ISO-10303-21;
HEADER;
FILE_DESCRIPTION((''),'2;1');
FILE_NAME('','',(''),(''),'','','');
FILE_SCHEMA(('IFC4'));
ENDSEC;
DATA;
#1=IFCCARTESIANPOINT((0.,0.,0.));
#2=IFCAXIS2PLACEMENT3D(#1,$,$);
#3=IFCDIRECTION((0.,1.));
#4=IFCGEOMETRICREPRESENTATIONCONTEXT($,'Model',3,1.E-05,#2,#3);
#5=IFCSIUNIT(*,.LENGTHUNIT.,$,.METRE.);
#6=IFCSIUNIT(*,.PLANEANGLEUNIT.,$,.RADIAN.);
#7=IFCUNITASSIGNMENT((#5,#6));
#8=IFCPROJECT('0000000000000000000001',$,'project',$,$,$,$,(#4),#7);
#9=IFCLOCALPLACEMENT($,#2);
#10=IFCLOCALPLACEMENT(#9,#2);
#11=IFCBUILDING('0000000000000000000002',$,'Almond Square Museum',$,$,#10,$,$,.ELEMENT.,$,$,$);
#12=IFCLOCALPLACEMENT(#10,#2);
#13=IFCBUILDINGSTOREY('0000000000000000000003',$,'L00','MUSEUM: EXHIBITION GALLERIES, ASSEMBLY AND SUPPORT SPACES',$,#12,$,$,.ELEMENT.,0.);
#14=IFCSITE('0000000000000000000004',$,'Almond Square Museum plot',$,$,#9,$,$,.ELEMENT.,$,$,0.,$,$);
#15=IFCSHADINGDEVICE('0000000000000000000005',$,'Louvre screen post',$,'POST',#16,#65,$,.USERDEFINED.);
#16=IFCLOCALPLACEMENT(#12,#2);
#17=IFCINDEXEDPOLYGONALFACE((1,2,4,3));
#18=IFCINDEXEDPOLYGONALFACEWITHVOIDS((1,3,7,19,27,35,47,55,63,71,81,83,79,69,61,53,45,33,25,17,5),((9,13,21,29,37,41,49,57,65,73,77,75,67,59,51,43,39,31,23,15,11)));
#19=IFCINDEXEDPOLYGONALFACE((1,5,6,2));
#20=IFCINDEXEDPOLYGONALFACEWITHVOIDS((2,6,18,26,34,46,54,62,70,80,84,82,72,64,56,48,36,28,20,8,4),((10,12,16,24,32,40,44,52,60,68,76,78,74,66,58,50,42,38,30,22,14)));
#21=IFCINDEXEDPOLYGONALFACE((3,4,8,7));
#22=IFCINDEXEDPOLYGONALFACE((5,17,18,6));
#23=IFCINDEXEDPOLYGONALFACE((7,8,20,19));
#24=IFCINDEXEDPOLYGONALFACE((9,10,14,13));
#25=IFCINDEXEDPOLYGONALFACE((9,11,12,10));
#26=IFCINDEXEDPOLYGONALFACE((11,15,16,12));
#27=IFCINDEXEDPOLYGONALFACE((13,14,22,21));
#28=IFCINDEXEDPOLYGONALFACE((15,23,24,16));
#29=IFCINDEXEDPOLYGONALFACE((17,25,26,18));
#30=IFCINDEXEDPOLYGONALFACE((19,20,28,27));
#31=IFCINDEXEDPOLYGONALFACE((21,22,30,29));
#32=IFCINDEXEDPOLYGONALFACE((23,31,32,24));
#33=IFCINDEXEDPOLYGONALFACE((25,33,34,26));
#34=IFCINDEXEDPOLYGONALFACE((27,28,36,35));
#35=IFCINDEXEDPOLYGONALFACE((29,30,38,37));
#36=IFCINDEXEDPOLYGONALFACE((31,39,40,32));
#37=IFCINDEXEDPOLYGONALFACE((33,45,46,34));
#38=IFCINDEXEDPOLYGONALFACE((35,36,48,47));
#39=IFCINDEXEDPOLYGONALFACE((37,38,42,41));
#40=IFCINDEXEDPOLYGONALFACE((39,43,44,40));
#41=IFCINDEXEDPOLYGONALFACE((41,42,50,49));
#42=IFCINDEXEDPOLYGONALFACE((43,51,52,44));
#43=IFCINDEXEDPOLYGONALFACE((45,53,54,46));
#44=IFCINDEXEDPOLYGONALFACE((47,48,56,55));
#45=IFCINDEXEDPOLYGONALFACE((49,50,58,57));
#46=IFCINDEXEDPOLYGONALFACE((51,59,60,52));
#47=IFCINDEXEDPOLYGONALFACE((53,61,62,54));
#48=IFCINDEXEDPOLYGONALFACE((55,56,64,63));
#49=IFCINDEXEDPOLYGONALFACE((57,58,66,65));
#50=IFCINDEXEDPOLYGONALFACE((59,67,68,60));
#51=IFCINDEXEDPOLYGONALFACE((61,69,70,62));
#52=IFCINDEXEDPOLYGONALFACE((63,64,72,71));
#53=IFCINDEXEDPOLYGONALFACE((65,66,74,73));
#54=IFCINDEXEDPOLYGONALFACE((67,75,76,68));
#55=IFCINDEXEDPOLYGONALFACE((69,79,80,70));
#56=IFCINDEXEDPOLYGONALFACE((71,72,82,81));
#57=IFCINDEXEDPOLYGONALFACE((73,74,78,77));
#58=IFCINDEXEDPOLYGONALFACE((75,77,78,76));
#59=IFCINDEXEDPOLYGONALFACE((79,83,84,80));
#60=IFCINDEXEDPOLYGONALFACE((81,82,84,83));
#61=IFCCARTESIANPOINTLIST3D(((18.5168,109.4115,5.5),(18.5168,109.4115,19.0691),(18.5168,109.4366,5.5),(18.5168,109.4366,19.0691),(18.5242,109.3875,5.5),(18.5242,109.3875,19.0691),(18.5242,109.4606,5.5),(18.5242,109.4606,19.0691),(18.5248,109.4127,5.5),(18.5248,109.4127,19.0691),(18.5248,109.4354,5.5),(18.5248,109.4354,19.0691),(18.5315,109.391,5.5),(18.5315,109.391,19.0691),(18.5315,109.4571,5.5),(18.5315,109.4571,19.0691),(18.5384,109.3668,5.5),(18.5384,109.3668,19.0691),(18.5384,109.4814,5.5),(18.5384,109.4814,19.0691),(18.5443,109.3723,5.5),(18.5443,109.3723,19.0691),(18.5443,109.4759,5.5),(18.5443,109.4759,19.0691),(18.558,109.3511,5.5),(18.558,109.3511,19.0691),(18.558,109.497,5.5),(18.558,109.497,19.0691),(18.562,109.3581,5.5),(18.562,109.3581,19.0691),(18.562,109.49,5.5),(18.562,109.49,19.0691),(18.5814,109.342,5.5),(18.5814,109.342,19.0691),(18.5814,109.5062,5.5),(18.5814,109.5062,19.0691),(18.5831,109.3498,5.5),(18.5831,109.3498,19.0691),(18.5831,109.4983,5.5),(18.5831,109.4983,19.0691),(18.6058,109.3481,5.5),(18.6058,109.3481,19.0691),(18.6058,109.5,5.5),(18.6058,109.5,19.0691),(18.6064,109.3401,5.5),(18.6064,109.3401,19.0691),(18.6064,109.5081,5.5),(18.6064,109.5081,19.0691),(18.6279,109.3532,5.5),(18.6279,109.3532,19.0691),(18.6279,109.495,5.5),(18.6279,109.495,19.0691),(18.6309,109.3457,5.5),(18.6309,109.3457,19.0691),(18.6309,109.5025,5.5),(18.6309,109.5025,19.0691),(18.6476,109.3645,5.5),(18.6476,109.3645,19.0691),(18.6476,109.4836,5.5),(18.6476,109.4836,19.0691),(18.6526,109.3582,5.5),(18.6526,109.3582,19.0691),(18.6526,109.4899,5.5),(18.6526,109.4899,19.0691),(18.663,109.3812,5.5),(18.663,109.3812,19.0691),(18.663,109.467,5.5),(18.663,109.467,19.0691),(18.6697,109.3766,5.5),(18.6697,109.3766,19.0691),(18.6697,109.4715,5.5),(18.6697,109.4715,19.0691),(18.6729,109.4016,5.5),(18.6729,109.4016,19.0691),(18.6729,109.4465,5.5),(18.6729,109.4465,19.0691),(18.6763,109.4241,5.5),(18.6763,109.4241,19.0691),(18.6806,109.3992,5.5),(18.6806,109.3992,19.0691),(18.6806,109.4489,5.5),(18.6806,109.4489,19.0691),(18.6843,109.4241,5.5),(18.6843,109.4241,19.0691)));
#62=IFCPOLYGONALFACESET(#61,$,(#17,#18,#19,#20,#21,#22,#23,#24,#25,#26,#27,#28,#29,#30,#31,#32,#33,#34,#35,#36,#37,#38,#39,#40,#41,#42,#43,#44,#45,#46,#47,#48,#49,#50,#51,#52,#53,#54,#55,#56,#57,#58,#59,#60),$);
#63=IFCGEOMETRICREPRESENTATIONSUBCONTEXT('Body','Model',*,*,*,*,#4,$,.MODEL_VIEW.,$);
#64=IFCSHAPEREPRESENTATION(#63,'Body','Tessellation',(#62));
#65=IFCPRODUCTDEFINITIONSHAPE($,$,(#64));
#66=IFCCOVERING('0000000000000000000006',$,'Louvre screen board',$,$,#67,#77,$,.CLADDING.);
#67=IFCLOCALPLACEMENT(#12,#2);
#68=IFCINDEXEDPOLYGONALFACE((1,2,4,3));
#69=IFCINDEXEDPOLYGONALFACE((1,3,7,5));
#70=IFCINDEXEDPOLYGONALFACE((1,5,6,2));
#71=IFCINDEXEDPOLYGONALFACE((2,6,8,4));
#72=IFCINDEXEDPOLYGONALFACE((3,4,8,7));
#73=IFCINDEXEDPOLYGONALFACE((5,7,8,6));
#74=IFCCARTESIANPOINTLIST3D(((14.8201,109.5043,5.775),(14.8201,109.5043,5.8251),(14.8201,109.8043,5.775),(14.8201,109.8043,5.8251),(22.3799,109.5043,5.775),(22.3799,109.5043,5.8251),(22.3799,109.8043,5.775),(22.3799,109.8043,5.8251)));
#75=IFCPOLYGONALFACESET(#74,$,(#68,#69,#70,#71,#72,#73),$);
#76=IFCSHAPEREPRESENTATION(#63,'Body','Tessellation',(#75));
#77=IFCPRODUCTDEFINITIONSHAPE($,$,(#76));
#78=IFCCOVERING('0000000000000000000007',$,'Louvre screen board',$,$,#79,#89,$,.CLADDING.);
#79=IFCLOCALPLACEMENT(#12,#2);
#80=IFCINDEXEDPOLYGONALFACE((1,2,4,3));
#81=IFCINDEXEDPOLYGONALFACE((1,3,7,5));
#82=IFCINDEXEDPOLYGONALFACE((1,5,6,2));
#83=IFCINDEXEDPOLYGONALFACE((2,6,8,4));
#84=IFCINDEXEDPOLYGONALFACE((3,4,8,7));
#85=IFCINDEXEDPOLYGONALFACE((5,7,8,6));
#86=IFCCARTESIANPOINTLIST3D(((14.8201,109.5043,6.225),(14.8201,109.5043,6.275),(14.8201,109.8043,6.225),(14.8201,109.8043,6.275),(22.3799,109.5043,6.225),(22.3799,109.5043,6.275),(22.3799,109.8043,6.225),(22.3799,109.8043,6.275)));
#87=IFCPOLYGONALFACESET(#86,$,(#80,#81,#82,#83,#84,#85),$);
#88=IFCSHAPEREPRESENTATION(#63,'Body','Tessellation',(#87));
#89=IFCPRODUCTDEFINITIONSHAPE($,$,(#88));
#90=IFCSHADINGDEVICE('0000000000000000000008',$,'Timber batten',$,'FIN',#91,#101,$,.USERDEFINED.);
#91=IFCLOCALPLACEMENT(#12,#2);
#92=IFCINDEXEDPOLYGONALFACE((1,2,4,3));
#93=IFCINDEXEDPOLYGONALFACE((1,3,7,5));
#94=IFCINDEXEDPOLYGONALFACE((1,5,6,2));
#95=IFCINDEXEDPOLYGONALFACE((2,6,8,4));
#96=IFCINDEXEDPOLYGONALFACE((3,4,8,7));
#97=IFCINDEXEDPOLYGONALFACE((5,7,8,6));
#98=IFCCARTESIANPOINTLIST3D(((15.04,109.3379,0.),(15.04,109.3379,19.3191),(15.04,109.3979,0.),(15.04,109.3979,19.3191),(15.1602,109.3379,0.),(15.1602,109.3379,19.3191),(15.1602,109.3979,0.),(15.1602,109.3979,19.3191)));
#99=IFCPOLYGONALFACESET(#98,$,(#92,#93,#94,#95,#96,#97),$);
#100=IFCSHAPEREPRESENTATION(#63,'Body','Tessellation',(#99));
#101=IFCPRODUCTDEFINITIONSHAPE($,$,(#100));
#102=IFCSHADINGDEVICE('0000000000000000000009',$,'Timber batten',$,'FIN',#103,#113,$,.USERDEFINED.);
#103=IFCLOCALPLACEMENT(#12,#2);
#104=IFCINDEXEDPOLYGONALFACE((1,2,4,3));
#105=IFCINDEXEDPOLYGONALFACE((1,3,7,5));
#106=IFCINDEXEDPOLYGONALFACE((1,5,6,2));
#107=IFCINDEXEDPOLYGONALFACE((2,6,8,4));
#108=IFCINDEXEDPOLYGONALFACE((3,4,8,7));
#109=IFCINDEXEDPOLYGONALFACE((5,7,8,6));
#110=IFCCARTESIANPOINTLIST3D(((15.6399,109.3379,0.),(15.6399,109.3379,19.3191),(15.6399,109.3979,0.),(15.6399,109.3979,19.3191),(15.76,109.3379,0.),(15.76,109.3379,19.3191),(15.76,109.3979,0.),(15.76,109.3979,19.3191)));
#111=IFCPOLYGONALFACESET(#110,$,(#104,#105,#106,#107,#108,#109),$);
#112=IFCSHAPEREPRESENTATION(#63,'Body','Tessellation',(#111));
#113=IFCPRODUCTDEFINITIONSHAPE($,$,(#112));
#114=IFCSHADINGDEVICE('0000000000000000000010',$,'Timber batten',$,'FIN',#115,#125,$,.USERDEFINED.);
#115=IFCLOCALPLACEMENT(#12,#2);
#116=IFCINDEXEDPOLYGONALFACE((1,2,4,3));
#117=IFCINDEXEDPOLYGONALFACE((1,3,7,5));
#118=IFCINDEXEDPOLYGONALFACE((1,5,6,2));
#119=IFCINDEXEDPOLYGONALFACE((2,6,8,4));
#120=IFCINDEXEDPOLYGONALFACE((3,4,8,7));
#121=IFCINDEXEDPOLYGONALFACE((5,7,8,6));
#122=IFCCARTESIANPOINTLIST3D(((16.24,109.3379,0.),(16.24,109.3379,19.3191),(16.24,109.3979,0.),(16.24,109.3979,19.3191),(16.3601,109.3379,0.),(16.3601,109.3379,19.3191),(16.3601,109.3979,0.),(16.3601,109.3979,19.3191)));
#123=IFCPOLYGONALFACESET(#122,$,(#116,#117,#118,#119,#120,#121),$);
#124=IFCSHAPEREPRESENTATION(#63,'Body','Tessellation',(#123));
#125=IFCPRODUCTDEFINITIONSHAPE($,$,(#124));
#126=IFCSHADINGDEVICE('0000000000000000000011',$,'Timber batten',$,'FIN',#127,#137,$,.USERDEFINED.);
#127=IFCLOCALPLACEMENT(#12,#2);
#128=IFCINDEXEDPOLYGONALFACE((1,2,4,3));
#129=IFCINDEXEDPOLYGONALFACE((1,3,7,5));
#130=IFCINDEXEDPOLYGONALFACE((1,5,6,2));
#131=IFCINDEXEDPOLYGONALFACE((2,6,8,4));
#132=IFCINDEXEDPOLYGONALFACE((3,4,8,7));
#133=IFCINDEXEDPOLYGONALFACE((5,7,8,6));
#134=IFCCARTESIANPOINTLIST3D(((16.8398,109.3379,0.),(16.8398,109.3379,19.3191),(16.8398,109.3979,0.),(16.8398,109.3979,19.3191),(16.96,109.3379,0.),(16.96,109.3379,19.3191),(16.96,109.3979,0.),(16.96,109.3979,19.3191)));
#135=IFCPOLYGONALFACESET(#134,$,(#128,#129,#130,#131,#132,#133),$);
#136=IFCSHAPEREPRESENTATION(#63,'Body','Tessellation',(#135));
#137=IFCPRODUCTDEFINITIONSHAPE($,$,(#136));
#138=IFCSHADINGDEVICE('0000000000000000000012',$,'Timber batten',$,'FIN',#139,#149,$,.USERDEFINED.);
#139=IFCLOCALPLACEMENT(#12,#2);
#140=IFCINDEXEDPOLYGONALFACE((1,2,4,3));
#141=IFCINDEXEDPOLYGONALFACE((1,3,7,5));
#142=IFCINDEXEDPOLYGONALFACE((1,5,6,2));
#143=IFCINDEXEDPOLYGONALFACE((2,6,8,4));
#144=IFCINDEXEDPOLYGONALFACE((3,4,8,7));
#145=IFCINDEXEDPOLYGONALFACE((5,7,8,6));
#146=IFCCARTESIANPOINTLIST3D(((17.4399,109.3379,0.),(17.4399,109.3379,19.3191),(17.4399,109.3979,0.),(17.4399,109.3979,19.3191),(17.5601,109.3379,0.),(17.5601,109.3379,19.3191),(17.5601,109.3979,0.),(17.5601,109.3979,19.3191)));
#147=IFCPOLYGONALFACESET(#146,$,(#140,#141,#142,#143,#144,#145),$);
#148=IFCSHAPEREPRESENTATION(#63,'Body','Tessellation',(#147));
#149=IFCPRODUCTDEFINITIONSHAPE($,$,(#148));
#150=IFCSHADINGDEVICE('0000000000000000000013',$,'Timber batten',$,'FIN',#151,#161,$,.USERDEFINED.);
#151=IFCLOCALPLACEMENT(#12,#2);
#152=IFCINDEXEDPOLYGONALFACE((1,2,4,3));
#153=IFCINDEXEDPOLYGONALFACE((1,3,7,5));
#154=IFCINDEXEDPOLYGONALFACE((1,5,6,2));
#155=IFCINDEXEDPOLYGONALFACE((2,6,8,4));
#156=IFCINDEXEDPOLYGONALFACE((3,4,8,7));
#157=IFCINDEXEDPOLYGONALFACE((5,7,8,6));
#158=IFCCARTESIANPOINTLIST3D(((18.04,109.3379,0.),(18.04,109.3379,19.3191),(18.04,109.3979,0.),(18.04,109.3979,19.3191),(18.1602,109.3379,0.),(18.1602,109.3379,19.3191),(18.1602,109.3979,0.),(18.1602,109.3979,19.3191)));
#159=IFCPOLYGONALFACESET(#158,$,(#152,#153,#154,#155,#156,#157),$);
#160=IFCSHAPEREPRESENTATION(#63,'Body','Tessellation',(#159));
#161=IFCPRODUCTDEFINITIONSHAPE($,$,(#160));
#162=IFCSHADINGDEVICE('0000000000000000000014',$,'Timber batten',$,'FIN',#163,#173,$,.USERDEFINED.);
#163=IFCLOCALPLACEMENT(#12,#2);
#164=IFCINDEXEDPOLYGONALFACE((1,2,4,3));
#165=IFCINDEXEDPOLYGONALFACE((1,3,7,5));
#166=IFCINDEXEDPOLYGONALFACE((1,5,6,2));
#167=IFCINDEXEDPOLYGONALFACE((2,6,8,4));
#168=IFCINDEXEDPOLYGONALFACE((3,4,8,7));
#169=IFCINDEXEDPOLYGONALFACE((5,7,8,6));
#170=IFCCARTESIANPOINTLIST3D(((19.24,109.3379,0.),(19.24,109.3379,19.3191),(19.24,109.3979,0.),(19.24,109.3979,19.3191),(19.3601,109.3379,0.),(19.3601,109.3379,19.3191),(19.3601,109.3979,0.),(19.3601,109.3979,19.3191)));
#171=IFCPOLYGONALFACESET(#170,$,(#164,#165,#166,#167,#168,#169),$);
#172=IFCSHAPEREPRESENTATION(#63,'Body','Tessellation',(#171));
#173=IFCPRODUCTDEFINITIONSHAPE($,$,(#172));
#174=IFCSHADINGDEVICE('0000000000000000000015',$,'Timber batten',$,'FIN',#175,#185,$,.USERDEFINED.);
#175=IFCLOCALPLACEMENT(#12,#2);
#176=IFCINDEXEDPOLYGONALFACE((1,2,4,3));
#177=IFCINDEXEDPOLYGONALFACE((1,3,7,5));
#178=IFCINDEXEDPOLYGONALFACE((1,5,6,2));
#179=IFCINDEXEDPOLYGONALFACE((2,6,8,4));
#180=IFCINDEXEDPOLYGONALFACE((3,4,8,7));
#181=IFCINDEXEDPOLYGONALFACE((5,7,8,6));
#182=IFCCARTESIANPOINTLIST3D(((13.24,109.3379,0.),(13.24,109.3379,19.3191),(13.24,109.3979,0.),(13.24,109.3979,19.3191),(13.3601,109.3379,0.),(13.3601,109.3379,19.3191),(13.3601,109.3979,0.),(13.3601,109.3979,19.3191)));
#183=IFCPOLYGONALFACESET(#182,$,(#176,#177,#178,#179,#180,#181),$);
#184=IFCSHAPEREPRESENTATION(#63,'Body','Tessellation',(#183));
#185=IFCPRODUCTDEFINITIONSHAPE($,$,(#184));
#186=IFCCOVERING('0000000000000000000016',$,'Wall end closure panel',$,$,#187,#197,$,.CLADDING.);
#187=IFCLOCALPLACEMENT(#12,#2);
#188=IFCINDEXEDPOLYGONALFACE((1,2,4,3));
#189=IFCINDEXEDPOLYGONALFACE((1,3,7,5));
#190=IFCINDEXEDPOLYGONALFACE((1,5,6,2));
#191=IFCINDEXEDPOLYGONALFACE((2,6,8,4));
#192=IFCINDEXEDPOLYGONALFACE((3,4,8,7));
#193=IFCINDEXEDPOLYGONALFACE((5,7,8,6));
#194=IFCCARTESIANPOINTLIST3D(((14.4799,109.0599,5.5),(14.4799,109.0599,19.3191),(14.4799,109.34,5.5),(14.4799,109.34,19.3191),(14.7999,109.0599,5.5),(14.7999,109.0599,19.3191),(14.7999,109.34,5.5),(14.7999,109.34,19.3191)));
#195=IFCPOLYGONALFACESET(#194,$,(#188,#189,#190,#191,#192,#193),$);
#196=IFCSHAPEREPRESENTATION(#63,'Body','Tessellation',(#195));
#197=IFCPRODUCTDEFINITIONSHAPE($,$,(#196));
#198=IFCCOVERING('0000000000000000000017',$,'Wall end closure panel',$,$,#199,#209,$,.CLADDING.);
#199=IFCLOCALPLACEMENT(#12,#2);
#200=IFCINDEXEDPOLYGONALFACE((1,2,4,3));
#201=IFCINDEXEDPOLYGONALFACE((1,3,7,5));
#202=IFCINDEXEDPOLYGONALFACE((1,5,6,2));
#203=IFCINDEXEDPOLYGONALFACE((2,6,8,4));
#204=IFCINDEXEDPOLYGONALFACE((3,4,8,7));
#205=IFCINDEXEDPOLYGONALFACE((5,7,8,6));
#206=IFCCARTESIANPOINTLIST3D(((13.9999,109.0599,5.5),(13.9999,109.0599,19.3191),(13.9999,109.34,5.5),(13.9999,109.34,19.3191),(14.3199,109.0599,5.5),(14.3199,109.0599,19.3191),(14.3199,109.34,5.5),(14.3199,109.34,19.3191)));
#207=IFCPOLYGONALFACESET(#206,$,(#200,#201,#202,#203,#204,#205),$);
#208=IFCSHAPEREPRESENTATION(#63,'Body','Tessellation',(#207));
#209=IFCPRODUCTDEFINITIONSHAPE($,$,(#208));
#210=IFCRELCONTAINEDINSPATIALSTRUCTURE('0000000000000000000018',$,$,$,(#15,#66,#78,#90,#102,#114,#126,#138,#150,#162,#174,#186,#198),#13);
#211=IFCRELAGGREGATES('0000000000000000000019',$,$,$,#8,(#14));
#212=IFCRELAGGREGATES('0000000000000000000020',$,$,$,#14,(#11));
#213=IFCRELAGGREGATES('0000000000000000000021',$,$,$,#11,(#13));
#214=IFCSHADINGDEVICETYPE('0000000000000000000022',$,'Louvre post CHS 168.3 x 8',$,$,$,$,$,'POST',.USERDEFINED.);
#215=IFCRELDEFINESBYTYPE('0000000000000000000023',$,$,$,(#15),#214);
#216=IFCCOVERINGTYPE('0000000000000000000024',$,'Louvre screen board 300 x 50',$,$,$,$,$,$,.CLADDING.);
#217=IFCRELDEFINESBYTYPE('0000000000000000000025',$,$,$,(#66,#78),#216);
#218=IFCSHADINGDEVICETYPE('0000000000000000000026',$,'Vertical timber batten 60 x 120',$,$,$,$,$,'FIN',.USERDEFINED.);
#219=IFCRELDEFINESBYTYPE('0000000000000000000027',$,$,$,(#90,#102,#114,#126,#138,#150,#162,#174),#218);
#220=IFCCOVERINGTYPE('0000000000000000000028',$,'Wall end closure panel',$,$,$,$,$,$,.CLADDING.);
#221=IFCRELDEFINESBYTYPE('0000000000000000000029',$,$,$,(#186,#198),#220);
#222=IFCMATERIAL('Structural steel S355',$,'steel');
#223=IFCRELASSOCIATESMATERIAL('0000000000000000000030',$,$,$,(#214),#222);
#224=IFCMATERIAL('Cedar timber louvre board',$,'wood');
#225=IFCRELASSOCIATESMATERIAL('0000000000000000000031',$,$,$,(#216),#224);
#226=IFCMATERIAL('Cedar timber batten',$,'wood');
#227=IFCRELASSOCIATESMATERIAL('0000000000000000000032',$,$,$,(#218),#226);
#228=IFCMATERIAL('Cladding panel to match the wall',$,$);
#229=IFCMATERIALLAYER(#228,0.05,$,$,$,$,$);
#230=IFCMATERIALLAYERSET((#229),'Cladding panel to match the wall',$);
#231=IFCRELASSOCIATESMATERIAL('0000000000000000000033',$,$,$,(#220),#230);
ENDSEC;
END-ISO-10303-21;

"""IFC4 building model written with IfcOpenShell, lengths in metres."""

from ifc_helpers import new_model, si_unit, direction, frame, origin, origin_2d, place, context, subcontext, project, spatial, rectangle, hollow_circle, extrude, material, layer, layer_set, material_profile, profile_set, type_object, element, save


model = new_model("IFC4")

# Units and contexts
model_context = context("Model", 3, precision=1e-05, world=origin(), true_north=direction((0.0, 1.0)))
body_context = subcontext(model_context, "Body", "Model", "MODEL_VIEW")
ifc_project = project(units=[si_unit("LENGTHUNIT", "METRE"), si_unit("PLANEANGLEUNIT", "RADIAN")], contexts=[model_context])

# Site, building, storey
site_placement = place(None, origin())
site = spatial("IfcSite", under=ifc_project, at=site_placement, Name="Almond Square Museum plot", CompositionType="ELEMENT", RefElevation=0.0)
building_placement = place(site_placement, origin())
building = spatial("IfcBuilding", under=site, at=building_placement, Name="Almond Square Museum", CompositionType="ELEMENT")
storey_placement = place(building_placement, origin())
storey = spatial("IfcBuildingStorey", under=building, at=storey_placement, Name="L00", Description="MUSEUM: EXHIBITION GALLERIES, ASSEMBLY AND SUPPORT SPACES", CompositionType="ELEMENT", Elevation=0.0)

# Shading device
ifc_material_1 = material(Name="Structural steel S355", Category="steel")
ifc_material_profile_1 = material_profile(ifc_material_1, hollow_circle(Radius=0.0842, WallThickness=0.0081, at=origin_2d()))
ifc_profile_set_1 = profile_set([ifc_material_profile_1], Name="Structural steel S355")
shading_device_type_1 = type_object("IfcShadingDeviceType", Name="Louvre post CHS 168.3 x 8", ElementType="POST", PredefinedType="USERDEFINED", material=ifc_profile_set_1)
for number, where, z_axis, x_axis, name in (
    (1, (18.6001, 109.4241, 5.5), (0.0, 0.0, 1.0), (1.0, 0.0, 0.0), "Louvre screen post"),
):
    element("IfcShadingDevice", number, at=place(storey_placement, frame(where, z_axis=z_axis, x_axis=x_axis)), inside=storey, type_object=shading_device_type_1, Name=name, ObjectType="POST", PredefinedType="USERDEFINED", context=body_context, shape_type="SweptSolid", body=[
        extrude(hollow_circle(Radius=0.0842, WallThickness=0.0081, at=origin_2d()), origin(), (0.0, 0.0, 1.0), 13.5691),
    ])

# Coverings
ifc_material_2 = material(Name="Cedar timber louvre board", Category="wood")
ifc_material_profile_2 = material_profile(ifc_material_2, rectangle(XDim=0.3, YDim=0.05, at=origin_2d()))
ifc_profile_set_2 = profile_set([ifc_material_profile_2], Name="Cedar timber louvre board")
covering_type_1 = type_object("IfcCoveringType", Name="Louvre screen board 300 x 50", PredefinedType="CLADDING", material=ifc_profile_set_2)
for number, where, z_axis, x_axis, name in (
    (2, (14.8201, 109.6543, 5.8), (1.0, 0.0, 0.0), (0.0, 1.0, 0.0), "Louvre screen board"),
    (3, (14.8201, 109.6543, 6.25), (1.0, 0.0, 0.0), (0.0, 1.0, 0.0), "Louvre screen board"),
):
    element("IfcCovering", number, at=place(storey_placement, frame(where, z_axis=z_axis, x_axis=x_axis)), inside=storey, type_object=covering_type_1, Name=name, PredefinedType="CLADDING", context=body_context, shape_type="SweptSolid", body=[
        extrude(rectangle(XDim=0.3, YDim=0.05, at=origin_2d()), origin(), (0.0, 0.0, 1.0), 7.5598),
    ])

# Shading devices
ifc_material_3 = material(Name="Cedar timber batten", Category="wood")
ifc_material_profile_3 = material_profile(ifc_material_3, rectangle(XDim=0.0601, YDim=0.1201, at=origin_2d()))
ifc_profile_set_3 = profile_set([ifc_material_profile_3], Name="Cedar timber batten")
shading_device_type_2 = type_object("IfcShadingDeviceType", Name="Vertical timber batten 60 x 120", ElementType="FIN", PredefinedType="USERDEFINED", material=ifc_profile_set_3)
for number, where, z_axis, x_axis, name in (
    (4, (15.1001, 109.3679, 0.0), (0.0, 0.0, 1.0), (0.0, 1.0, 0.0), "Timber batten"),
    (5, (15.7, 109.3679, 0.0), (0.0, 0.0, 1.0), (0.0, 1.0, 0.0), "Timber batten"),
    (6, (16.3, 109.3679, 0.0), (0.0, 0.0, 1.0), (0.0, 1.0, 0.0), "Timber batten"),
    (7, (16.8999, 109.3679, 0.0), (0.0, 0.0, 1.0), (0.0, 1.0, 0.0), "Timber batten"),
    (8, (17.5, 109.3679, 0.0), (0.0, 0.0, 1.0), (0.0, 1.0, 0.0), "Timber batten"),
    (9, (18.1001, 109.3679, 0.0), (0.0, 0.0, 1.0), (0.0, 1.0, 0.0), "Timber batten"),
    (10, (19.3, 109.3679, 0.0), (0.0, 0.0, 1.0), (0.0, 1.0, 0.0), "Timber batten"),
    (11, (13.3, 109.3679, 0.0), (0.0, 0.0, 1.0), (0.0, 1.0, 0.0), "Timber batten"),
):
    element("IfcShadingDevice", number, at=place(storey_placement, frame(where, z_axis=z_axis, x_axis=x_axis)), inside=storey, type_object=shading_device_type_2, Name=name, ObjectType="FIN", PredefinedType="USERDEFINED", context=body_context, shape_type="SweptSolid", body=[
        extrude(rectangle(XDim=0.0601, YDim=0.1201, at=origin_2d()), origin(), (0.0, 0.0, 1.0), 19.3191),
    ])

# Coverings
ifc_material_4 = material(Name="Cladding panel to match the wall")
ifc_layer_1 = layer(ifc_material_4, 0.05)
ifc_layer_set_1 = layer_set([ifc_layer_1], Name="Cladding panel to match the wall")
covering_type_2 = type_object("IfcCoveringType", Name="Wall end closure panel", PredefinedType="CLADDING", material=ifc_layer_set_1)
for number, where, z_axis, x_axis, name in (
    (12, (14.6399, 109.2, 5.5), (0.0, 0.0, 1.0), (1.0, 0.0, 0.0), "Wall end closure panel"),
    (13, (14.1599, 109.2, 5.5), (0.0, 0.0, 1.0), (1.0, 0.0, 0.0), "Wall end closure panel"),
):
    element("IfcCovering", number, at=place(storey_placement, frame(where, z_axis=z_axis, x_axis=x_axis)), inside=storey, type_object=covering_type_2, Name=name, PredefinedType="CLADDING", context=body_context, shape_type="SweptSolid", body=[
        extrude(rectangle(XDim=0.3201, YDim=0.28, at=origin_2d()), origin(), (0.0, 0.0, 1.0), 13.8191),
    ])

save(model, "model.ifc")
